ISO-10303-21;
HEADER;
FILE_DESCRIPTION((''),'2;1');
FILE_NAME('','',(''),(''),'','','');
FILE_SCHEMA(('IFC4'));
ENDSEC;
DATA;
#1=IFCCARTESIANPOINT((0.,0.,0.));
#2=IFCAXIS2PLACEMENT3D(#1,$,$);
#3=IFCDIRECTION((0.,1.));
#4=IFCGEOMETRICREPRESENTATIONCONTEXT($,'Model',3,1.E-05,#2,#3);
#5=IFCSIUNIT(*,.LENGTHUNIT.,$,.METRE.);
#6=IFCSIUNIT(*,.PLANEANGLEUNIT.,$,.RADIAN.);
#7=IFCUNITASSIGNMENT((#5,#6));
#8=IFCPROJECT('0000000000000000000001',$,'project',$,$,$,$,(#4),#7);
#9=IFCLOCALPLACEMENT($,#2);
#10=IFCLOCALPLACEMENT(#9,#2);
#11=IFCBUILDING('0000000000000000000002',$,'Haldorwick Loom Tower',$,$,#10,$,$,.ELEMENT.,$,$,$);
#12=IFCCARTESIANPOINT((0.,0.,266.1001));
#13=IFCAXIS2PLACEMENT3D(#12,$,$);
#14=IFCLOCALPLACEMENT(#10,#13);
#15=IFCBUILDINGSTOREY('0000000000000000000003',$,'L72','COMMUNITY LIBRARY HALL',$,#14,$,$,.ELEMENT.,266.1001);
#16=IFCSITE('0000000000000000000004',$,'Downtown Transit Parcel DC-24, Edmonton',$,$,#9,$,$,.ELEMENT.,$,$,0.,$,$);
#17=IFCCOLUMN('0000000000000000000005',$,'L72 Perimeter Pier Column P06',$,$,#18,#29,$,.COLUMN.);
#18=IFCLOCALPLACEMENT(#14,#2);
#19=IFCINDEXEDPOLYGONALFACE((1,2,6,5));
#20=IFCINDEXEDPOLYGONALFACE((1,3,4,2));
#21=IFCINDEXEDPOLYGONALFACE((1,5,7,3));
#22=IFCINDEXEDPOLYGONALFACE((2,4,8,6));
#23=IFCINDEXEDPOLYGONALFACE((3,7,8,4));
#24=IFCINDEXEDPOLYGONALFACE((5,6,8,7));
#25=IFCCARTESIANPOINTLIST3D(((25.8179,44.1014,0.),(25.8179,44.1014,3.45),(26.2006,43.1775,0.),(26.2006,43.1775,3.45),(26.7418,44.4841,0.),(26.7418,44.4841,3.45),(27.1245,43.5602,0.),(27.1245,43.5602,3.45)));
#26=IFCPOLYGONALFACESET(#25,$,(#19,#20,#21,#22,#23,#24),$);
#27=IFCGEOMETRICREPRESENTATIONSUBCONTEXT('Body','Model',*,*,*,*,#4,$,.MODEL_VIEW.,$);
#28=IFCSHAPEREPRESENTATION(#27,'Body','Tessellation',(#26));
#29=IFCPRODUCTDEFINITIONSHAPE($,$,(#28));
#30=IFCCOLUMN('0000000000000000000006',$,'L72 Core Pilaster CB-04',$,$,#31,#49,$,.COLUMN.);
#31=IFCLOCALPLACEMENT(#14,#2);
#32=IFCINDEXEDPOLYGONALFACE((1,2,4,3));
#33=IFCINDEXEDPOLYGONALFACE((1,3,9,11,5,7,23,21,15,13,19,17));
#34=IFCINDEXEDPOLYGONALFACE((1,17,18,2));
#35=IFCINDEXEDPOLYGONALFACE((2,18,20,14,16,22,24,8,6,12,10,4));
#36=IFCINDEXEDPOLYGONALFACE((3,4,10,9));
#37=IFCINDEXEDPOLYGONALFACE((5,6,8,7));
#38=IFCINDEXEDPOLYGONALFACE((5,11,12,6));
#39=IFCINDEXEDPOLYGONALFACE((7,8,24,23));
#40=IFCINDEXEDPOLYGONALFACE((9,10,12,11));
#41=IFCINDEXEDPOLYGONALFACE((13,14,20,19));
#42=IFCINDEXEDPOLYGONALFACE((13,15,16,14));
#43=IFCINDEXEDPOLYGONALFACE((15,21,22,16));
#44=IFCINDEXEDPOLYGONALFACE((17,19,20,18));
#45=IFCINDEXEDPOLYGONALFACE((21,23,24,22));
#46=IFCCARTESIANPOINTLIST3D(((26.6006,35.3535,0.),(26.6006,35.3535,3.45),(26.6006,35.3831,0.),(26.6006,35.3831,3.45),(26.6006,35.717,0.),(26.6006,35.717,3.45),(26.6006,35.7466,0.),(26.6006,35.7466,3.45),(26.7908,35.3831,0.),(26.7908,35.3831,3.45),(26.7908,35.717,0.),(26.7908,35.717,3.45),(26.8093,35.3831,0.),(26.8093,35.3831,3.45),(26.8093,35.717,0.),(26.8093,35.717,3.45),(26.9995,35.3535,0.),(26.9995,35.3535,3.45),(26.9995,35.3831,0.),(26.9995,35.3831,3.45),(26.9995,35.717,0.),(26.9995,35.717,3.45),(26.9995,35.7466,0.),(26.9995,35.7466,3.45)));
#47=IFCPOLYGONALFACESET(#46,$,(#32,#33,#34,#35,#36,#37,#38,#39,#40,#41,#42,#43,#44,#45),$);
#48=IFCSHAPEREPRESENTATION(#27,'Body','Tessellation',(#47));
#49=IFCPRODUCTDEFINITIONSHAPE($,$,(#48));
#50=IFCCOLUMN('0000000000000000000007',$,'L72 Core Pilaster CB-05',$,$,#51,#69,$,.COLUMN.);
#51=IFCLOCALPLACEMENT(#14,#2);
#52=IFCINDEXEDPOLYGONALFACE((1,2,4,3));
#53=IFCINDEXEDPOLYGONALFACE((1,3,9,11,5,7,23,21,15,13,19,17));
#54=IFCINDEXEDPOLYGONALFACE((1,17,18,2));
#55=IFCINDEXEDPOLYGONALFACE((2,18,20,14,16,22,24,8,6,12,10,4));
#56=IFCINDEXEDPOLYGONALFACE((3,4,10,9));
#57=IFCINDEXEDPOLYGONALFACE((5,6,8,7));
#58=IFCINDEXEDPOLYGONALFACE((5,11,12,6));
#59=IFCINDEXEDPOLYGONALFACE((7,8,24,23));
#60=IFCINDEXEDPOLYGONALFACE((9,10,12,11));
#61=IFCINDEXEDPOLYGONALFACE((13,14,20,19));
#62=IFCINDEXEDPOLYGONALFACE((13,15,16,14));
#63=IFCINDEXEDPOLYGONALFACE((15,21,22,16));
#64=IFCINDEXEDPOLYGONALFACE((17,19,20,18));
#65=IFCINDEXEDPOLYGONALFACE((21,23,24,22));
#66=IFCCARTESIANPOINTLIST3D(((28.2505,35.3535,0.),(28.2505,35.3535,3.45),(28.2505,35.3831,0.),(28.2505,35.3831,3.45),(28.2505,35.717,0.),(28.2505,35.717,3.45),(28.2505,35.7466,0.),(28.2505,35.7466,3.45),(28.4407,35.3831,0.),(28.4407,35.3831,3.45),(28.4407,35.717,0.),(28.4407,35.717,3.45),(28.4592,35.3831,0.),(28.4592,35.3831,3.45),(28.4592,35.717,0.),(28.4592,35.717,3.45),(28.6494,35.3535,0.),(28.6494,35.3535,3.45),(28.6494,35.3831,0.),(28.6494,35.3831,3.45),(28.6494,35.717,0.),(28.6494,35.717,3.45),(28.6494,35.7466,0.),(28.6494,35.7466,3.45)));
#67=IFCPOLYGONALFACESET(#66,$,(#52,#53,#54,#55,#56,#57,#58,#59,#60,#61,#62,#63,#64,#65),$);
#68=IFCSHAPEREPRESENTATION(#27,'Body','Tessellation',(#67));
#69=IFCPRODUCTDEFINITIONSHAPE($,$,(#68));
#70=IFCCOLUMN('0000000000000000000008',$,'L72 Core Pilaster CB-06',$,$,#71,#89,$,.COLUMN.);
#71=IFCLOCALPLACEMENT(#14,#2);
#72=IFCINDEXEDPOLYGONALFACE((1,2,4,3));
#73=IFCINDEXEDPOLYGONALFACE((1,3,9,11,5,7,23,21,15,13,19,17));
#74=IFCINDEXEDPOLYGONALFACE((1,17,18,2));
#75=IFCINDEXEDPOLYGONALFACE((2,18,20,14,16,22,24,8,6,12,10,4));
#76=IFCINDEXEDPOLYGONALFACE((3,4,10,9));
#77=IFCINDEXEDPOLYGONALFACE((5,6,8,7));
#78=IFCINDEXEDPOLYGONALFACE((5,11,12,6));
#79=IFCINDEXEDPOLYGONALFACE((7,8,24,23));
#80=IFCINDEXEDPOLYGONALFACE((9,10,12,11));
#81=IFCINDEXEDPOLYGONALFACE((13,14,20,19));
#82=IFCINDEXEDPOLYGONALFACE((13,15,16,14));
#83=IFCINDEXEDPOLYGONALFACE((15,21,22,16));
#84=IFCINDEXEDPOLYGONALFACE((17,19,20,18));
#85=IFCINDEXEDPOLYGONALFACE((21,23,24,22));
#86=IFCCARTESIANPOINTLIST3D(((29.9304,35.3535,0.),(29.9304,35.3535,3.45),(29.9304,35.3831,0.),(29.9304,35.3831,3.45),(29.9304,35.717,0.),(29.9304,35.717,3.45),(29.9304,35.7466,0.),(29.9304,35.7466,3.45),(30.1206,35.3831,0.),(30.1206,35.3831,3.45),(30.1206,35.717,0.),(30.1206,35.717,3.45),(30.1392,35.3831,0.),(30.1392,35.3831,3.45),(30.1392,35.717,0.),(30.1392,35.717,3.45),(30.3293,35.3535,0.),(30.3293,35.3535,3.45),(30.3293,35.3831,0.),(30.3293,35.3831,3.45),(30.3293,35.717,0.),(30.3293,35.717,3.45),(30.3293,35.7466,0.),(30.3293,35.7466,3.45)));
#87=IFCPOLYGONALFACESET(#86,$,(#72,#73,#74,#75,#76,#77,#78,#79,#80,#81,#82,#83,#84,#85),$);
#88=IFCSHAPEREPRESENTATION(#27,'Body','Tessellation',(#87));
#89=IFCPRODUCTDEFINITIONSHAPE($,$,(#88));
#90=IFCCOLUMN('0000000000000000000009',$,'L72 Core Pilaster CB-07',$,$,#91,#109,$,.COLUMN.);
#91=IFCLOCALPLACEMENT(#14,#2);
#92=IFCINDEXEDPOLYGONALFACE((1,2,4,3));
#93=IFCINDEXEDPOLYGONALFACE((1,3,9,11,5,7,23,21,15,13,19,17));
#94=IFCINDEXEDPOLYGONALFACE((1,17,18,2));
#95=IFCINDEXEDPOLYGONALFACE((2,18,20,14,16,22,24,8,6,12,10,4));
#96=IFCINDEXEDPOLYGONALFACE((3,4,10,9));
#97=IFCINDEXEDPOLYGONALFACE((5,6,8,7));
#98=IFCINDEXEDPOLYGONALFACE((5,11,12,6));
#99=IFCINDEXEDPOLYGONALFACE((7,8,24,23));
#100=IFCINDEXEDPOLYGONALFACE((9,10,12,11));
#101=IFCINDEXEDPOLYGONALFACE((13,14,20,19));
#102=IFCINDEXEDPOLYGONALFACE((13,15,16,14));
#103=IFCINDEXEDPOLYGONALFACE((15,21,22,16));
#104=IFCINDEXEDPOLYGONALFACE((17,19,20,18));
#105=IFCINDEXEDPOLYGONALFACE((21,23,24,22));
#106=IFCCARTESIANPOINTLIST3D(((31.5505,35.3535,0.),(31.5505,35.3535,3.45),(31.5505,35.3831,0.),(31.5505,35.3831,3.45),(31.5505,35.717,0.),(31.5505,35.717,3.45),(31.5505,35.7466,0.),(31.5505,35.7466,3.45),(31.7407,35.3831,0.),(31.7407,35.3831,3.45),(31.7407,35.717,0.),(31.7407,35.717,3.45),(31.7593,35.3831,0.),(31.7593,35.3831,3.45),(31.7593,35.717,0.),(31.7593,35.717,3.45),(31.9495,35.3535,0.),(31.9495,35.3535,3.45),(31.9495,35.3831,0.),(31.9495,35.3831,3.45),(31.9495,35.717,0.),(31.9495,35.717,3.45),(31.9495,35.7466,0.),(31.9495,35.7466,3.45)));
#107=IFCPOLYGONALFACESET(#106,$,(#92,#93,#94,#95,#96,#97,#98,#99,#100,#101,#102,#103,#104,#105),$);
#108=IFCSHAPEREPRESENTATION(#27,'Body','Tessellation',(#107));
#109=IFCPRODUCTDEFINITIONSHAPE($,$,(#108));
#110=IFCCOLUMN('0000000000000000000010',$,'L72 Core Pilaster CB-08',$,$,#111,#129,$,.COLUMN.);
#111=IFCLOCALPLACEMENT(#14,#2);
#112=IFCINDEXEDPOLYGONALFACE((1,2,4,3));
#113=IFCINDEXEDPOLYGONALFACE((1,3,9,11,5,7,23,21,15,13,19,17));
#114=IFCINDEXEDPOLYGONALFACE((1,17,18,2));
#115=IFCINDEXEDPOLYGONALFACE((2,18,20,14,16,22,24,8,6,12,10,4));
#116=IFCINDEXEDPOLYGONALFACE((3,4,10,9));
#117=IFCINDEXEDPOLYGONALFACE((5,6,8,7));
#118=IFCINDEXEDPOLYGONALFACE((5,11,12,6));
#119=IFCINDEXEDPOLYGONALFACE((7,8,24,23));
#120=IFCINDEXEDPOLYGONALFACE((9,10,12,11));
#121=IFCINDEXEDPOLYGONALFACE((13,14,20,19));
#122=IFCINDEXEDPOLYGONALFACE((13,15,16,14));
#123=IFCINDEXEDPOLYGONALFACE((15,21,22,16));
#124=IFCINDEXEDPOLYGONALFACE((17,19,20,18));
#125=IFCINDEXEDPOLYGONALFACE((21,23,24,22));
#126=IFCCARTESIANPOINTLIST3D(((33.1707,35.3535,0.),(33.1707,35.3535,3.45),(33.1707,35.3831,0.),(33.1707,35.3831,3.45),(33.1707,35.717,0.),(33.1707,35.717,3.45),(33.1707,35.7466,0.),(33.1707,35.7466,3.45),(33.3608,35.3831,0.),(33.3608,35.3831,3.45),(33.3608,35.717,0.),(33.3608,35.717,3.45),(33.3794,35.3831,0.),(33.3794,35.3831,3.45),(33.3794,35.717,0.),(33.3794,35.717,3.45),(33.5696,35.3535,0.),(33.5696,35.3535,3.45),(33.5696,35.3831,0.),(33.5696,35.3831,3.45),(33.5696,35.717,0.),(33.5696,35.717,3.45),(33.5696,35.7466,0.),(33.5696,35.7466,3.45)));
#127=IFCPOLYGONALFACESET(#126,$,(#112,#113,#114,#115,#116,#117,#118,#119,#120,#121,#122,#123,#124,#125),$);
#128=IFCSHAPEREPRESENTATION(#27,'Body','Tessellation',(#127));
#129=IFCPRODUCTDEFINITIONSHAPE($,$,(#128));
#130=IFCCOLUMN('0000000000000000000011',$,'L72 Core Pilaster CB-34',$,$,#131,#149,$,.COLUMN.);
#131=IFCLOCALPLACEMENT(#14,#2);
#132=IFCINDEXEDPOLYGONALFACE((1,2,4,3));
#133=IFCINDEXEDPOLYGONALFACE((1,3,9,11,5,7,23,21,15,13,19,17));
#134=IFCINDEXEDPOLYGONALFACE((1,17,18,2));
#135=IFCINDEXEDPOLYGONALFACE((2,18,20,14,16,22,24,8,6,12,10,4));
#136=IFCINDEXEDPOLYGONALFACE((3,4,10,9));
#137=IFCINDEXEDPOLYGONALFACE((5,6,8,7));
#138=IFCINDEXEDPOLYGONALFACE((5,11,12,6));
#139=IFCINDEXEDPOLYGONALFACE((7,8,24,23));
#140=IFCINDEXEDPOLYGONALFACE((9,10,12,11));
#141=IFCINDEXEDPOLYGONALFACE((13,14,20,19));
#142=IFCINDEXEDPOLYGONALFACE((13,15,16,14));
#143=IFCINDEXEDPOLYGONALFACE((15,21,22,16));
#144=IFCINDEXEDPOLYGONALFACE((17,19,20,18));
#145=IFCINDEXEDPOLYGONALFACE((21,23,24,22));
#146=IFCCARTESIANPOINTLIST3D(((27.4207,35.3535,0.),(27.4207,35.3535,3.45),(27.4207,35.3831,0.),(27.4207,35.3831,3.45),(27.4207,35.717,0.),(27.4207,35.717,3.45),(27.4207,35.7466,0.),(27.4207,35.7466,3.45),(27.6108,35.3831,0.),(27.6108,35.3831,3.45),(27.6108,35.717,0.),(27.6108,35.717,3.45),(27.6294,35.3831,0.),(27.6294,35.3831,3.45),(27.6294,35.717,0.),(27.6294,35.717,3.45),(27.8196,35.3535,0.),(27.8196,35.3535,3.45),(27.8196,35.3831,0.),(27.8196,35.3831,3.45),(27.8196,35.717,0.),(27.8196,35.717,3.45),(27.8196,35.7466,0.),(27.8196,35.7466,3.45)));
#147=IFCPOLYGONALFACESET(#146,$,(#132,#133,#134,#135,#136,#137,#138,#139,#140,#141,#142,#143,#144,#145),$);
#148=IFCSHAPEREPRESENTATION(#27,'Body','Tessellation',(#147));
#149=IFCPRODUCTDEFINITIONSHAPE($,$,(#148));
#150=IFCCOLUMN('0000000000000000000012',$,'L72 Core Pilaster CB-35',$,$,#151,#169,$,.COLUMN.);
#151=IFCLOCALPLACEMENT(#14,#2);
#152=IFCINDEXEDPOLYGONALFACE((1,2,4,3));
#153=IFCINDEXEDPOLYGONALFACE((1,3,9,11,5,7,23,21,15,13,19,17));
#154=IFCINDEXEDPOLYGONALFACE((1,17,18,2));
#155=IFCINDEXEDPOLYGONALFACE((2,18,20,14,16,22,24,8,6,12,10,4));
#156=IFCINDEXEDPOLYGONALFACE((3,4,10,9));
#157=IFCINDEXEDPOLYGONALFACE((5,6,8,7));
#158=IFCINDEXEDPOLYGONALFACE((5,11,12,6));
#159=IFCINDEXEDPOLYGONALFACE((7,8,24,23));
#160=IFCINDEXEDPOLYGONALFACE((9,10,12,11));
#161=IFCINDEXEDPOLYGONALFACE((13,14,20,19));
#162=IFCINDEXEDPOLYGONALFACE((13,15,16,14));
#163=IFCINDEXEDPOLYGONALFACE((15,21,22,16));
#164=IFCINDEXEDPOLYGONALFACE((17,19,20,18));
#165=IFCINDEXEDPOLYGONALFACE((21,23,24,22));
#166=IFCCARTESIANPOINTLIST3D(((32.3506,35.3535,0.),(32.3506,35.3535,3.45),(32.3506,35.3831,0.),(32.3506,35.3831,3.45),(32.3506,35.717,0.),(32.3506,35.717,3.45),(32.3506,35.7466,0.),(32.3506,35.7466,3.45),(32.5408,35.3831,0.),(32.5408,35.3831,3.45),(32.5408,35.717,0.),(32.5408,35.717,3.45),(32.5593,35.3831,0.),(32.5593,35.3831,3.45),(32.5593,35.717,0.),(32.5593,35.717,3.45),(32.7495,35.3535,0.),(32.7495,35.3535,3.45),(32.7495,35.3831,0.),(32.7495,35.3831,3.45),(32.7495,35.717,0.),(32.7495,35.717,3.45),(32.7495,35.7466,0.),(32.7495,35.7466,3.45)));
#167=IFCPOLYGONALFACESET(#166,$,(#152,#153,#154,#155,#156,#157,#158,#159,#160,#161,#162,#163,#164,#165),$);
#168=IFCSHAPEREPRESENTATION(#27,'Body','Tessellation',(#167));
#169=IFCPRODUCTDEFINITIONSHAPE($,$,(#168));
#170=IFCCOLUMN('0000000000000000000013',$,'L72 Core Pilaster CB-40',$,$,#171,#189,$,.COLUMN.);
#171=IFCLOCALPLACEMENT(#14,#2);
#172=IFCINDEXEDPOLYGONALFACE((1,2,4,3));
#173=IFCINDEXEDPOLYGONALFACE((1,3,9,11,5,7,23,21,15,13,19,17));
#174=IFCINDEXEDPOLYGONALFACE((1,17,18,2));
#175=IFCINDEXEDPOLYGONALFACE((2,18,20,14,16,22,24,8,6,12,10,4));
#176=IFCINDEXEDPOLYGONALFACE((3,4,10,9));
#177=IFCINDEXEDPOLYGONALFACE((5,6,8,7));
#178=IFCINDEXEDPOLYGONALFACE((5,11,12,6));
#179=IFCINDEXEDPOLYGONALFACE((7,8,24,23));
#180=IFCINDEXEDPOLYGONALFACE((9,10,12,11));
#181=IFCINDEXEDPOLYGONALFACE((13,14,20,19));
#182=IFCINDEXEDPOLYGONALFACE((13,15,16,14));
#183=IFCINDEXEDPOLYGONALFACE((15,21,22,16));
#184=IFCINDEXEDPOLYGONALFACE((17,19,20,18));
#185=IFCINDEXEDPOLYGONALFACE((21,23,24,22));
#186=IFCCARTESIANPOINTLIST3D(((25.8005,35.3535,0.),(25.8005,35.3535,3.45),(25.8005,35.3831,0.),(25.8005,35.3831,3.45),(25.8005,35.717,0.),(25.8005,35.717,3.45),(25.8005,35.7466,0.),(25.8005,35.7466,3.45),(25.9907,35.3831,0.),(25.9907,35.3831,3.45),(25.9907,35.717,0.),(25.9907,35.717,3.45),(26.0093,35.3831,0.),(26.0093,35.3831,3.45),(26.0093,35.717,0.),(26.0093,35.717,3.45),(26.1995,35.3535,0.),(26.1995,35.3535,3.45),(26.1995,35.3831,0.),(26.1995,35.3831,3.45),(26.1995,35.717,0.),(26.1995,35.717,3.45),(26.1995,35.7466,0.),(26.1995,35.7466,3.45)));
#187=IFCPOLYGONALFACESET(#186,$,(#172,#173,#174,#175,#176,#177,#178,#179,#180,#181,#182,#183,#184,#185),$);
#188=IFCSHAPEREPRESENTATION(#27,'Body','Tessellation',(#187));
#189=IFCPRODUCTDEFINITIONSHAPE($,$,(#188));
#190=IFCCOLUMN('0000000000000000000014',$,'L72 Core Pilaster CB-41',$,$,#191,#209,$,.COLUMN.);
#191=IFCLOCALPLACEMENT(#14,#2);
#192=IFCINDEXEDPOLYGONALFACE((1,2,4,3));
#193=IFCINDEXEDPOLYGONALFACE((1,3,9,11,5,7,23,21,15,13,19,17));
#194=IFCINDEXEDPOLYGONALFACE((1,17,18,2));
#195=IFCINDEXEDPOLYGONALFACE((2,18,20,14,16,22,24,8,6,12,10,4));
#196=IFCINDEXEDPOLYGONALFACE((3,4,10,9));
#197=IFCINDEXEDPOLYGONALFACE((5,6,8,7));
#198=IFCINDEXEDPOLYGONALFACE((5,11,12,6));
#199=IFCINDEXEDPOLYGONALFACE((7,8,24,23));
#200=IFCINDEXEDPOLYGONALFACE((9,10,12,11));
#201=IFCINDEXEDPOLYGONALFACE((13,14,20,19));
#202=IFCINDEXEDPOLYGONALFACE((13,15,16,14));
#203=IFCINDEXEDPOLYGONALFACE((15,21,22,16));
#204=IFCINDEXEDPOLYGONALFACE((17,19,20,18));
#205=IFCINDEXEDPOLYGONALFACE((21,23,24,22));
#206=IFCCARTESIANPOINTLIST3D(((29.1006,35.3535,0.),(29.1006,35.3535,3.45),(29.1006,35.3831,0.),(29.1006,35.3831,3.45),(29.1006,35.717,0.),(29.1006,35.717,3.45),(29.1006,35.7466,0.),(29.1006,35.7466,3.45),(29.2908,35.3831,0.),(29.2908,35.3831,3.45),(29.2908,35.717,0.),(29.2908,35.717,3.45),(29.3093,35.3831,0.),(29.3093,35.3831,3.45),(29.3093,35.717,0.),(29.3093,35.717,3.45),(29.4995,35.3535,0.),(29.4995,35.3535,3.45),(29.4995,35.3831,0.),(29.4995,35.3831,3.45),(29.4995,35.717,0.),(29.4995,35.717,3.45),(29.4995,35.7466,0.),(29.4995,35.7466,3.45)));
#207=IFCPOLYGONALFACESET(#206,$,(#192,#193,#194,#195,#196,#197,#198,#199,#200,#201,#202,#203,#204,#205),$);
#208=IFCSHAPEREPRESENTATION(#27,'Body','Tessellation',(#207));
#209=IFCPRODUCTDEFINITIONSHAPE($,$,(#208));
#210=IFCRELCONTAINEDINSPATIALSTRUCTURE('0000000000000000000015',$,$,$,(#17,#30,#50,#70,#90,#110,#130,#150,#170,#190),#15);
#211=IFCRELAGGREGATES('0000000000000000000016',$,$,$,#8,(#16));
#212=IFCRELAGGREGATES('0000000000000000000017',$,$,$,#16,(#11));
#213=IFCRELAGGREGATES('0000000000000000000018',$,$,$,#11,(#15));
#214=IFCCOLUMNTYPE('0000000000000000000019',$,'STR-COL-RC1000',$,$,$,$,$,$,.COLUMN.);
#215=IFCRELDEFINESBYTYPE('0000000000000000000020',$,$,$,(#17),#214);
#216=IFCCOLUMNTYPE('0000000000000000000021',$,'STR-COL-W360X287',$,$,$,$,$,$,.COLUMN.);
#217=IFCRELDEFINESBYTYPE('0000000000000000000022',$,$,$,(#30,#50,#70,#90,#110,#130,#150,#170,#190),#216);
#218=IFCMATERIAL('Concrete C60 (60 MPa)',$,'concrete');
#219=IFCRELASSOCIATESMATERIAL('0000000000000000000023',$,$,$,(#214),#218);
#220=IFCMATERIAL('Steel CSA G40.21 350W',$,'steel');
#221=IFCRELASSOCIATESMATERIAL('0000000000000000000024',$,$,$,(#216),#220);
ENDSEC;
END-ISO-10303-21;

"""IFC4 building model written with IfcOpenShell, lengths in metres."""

from ifc_helpers import new_model, si_unit, direction, frame, origin, origin_2d, place, context, subcontext, project, spatial, rectangle, i_section, extrude, material, material_profile, profile_set, type_object, element, save


model = new_model("IFC4")

# Units and contexts
model_context = context("Model", 3, precision=1e-05, world=origin(), true_north=direction((0.0, 1.0)))
body_context = subcontext(model_context, "Body", "Model", "MODEL_VIEW")
ifc_project = project(units=[si_unit("LENGTHUNIT", "METRE"), si_unit("PLANEANGLEUNIT", "RADIAN")], contexts=[model_context])

# Site, building, storey
site_placement = place(None, origin())
site = spatial("IfcSite", under=ifc_project, at=site_placement, Name="Downtown Transit Parcel DC-24, Edmonton", CompositionType="ELEMENT", RefElevation=0.0)
building_placement = place(site_placement, origin())
building = spatial("IfcBuilding", under=site, at=building_placement, Name="Haldorwick Loom Tower", CompositionType="ELEMENT")
storey_placement = place(building_placement, frame((0.0, 0.0, 266.1001)))
storey = spatial("IfcBuildingStorey", under=building, at=storey_placement, Name="L72", Description="COMMUNITY LIBRARY HALL", CompositionType="ELEMENT", Elevation=266.1001)

# Columns
ifc_material_1 = material(Name="Concrete C60 (60 MPa)", Category="concrete")
ifc_material_profile_1 = material_profile(ifc_material_1, rectangle(XDim=1.0, YDim=1.0, at=origin_2d()), Name="RC1000X1000", Category="concrete")
ifc_profile_set_1 = profile_set([ifc_material_profile_1], Name="Concrete C60 (60 MPa)")
column_type_1 = type_object("IfcColumnType", Name="STR-COL-RC1000", PredefinedType="COLUMN", material=ifc_profile_set_1)
column_placement = place(storey_placement, frame((26.4712, 43.8308, 0.0), z_axis=(0.0, 0.0, 1.0), x_axis=(-0.382683, 0.92388, 0.0)))
element("IfcColumn", 1, at=column_placement, inside=storey, type_object=column_type_1, Name="L72 Perimeter Pier Column P06", PredefinedType="COLUMN", context=body_context, shape_type="SweptSolid", body=[
    extrude(rectangle(XDim=1.0, YDim=1.0, at=origin_2d()), origin(), (0.0, 0.0, 1.0), 3.45),
])
ifc_material_2 = material(Name="Steel CSA G40.21 350W", Category="steel")
ifc_material_profile_2 = material_profile(ifc_material_2, i_section(OverallWidth=0.3989, OverallDepth=0.3931, WebThickness=0.0186, FlangeThickness=0.0295, at=origin_2d()), Name="W360X287", Category="steel")
ifc_profile_set_2 = profile_set([ifc_material_profile_2], Name="Steel CSA G40.21 350W")
column_type_2 = type_object("IfcColumnType", Name="STR-COL-W360X287", PredefinedType="COLUMN", material=ifc_profile_set_2)
for number, where, z_axis, x_axis, name in (
    (2, (26.8, 35.55, 0.0), (0.0, 0.0, 1.0), (1.0, 0.0, 0.0), "L72 Core Pilaster CB-04"),
    (3, (28.45, 35.55, 0.0), (0.0, 0.0, 1.0), (1.0, 0.0, 0.0), "L72 Core Pilaster CB-05"),
    (4, (30.1299, 35.55, 0.0), (0.0, 0.0, 1.0), (1.0, 0.0, 0.0), "L72 Core Pilaster CB-06"),
    (5, (31.75, 35.55, 0.0), (0.0, 0.0, 1.0), (1.0, 0.0, 0.0), "L72 Core Pilaster CB-07"),
    (6, (33.3701, 35.55, 0.0), (0.0, 0.0, 1.0), (1.0, 0.0, 0.0), "L72 Core Pilaster CB-08"),
    (7, (27.6201, 35.55, 0.0), (0.0, 0.0, 1.0), (1.0, 0.0, 0.0), "L72 Core Pilaster CB-34"),
    (8, (32.55, 35.55, 0.0), (0.0, 0.0, 1.0), (1.0, 0.0, 0.0), "L72 Core Pilaster CB-35"),
    (9, (26.0, 35.55, 0.0), (0.0, 0.0, 1.0), (1.0, 0.0, 0.0), "L72 Core Pilaster CB-40"),
    (10, (29.3, 35.55, 0.0), (0.0, 0.0, 1.0), (1.0, 0.0, 0.0), "L72 Core Pilaster CB-41"),
):
    element("IfcColumn", number, at=place(storey_placement, frame(where, z_axis=z_axis, x_axis=x_axis)), inside=storey, type_object=column_type_2, Name=name, PredefinedType="COLUMN", context=body_context, shape_type="SweptSolid", body=[
        extrude(i_section(OverallWidth=0.3989, OverallDepth=0.3931, WebThickness=0.0186, FlangeThickness=0.0295, at=origin_2d()), origin(), (0.0, 0.0, 1.0), 3.45),
    ])

save(model, "model.ifc")
